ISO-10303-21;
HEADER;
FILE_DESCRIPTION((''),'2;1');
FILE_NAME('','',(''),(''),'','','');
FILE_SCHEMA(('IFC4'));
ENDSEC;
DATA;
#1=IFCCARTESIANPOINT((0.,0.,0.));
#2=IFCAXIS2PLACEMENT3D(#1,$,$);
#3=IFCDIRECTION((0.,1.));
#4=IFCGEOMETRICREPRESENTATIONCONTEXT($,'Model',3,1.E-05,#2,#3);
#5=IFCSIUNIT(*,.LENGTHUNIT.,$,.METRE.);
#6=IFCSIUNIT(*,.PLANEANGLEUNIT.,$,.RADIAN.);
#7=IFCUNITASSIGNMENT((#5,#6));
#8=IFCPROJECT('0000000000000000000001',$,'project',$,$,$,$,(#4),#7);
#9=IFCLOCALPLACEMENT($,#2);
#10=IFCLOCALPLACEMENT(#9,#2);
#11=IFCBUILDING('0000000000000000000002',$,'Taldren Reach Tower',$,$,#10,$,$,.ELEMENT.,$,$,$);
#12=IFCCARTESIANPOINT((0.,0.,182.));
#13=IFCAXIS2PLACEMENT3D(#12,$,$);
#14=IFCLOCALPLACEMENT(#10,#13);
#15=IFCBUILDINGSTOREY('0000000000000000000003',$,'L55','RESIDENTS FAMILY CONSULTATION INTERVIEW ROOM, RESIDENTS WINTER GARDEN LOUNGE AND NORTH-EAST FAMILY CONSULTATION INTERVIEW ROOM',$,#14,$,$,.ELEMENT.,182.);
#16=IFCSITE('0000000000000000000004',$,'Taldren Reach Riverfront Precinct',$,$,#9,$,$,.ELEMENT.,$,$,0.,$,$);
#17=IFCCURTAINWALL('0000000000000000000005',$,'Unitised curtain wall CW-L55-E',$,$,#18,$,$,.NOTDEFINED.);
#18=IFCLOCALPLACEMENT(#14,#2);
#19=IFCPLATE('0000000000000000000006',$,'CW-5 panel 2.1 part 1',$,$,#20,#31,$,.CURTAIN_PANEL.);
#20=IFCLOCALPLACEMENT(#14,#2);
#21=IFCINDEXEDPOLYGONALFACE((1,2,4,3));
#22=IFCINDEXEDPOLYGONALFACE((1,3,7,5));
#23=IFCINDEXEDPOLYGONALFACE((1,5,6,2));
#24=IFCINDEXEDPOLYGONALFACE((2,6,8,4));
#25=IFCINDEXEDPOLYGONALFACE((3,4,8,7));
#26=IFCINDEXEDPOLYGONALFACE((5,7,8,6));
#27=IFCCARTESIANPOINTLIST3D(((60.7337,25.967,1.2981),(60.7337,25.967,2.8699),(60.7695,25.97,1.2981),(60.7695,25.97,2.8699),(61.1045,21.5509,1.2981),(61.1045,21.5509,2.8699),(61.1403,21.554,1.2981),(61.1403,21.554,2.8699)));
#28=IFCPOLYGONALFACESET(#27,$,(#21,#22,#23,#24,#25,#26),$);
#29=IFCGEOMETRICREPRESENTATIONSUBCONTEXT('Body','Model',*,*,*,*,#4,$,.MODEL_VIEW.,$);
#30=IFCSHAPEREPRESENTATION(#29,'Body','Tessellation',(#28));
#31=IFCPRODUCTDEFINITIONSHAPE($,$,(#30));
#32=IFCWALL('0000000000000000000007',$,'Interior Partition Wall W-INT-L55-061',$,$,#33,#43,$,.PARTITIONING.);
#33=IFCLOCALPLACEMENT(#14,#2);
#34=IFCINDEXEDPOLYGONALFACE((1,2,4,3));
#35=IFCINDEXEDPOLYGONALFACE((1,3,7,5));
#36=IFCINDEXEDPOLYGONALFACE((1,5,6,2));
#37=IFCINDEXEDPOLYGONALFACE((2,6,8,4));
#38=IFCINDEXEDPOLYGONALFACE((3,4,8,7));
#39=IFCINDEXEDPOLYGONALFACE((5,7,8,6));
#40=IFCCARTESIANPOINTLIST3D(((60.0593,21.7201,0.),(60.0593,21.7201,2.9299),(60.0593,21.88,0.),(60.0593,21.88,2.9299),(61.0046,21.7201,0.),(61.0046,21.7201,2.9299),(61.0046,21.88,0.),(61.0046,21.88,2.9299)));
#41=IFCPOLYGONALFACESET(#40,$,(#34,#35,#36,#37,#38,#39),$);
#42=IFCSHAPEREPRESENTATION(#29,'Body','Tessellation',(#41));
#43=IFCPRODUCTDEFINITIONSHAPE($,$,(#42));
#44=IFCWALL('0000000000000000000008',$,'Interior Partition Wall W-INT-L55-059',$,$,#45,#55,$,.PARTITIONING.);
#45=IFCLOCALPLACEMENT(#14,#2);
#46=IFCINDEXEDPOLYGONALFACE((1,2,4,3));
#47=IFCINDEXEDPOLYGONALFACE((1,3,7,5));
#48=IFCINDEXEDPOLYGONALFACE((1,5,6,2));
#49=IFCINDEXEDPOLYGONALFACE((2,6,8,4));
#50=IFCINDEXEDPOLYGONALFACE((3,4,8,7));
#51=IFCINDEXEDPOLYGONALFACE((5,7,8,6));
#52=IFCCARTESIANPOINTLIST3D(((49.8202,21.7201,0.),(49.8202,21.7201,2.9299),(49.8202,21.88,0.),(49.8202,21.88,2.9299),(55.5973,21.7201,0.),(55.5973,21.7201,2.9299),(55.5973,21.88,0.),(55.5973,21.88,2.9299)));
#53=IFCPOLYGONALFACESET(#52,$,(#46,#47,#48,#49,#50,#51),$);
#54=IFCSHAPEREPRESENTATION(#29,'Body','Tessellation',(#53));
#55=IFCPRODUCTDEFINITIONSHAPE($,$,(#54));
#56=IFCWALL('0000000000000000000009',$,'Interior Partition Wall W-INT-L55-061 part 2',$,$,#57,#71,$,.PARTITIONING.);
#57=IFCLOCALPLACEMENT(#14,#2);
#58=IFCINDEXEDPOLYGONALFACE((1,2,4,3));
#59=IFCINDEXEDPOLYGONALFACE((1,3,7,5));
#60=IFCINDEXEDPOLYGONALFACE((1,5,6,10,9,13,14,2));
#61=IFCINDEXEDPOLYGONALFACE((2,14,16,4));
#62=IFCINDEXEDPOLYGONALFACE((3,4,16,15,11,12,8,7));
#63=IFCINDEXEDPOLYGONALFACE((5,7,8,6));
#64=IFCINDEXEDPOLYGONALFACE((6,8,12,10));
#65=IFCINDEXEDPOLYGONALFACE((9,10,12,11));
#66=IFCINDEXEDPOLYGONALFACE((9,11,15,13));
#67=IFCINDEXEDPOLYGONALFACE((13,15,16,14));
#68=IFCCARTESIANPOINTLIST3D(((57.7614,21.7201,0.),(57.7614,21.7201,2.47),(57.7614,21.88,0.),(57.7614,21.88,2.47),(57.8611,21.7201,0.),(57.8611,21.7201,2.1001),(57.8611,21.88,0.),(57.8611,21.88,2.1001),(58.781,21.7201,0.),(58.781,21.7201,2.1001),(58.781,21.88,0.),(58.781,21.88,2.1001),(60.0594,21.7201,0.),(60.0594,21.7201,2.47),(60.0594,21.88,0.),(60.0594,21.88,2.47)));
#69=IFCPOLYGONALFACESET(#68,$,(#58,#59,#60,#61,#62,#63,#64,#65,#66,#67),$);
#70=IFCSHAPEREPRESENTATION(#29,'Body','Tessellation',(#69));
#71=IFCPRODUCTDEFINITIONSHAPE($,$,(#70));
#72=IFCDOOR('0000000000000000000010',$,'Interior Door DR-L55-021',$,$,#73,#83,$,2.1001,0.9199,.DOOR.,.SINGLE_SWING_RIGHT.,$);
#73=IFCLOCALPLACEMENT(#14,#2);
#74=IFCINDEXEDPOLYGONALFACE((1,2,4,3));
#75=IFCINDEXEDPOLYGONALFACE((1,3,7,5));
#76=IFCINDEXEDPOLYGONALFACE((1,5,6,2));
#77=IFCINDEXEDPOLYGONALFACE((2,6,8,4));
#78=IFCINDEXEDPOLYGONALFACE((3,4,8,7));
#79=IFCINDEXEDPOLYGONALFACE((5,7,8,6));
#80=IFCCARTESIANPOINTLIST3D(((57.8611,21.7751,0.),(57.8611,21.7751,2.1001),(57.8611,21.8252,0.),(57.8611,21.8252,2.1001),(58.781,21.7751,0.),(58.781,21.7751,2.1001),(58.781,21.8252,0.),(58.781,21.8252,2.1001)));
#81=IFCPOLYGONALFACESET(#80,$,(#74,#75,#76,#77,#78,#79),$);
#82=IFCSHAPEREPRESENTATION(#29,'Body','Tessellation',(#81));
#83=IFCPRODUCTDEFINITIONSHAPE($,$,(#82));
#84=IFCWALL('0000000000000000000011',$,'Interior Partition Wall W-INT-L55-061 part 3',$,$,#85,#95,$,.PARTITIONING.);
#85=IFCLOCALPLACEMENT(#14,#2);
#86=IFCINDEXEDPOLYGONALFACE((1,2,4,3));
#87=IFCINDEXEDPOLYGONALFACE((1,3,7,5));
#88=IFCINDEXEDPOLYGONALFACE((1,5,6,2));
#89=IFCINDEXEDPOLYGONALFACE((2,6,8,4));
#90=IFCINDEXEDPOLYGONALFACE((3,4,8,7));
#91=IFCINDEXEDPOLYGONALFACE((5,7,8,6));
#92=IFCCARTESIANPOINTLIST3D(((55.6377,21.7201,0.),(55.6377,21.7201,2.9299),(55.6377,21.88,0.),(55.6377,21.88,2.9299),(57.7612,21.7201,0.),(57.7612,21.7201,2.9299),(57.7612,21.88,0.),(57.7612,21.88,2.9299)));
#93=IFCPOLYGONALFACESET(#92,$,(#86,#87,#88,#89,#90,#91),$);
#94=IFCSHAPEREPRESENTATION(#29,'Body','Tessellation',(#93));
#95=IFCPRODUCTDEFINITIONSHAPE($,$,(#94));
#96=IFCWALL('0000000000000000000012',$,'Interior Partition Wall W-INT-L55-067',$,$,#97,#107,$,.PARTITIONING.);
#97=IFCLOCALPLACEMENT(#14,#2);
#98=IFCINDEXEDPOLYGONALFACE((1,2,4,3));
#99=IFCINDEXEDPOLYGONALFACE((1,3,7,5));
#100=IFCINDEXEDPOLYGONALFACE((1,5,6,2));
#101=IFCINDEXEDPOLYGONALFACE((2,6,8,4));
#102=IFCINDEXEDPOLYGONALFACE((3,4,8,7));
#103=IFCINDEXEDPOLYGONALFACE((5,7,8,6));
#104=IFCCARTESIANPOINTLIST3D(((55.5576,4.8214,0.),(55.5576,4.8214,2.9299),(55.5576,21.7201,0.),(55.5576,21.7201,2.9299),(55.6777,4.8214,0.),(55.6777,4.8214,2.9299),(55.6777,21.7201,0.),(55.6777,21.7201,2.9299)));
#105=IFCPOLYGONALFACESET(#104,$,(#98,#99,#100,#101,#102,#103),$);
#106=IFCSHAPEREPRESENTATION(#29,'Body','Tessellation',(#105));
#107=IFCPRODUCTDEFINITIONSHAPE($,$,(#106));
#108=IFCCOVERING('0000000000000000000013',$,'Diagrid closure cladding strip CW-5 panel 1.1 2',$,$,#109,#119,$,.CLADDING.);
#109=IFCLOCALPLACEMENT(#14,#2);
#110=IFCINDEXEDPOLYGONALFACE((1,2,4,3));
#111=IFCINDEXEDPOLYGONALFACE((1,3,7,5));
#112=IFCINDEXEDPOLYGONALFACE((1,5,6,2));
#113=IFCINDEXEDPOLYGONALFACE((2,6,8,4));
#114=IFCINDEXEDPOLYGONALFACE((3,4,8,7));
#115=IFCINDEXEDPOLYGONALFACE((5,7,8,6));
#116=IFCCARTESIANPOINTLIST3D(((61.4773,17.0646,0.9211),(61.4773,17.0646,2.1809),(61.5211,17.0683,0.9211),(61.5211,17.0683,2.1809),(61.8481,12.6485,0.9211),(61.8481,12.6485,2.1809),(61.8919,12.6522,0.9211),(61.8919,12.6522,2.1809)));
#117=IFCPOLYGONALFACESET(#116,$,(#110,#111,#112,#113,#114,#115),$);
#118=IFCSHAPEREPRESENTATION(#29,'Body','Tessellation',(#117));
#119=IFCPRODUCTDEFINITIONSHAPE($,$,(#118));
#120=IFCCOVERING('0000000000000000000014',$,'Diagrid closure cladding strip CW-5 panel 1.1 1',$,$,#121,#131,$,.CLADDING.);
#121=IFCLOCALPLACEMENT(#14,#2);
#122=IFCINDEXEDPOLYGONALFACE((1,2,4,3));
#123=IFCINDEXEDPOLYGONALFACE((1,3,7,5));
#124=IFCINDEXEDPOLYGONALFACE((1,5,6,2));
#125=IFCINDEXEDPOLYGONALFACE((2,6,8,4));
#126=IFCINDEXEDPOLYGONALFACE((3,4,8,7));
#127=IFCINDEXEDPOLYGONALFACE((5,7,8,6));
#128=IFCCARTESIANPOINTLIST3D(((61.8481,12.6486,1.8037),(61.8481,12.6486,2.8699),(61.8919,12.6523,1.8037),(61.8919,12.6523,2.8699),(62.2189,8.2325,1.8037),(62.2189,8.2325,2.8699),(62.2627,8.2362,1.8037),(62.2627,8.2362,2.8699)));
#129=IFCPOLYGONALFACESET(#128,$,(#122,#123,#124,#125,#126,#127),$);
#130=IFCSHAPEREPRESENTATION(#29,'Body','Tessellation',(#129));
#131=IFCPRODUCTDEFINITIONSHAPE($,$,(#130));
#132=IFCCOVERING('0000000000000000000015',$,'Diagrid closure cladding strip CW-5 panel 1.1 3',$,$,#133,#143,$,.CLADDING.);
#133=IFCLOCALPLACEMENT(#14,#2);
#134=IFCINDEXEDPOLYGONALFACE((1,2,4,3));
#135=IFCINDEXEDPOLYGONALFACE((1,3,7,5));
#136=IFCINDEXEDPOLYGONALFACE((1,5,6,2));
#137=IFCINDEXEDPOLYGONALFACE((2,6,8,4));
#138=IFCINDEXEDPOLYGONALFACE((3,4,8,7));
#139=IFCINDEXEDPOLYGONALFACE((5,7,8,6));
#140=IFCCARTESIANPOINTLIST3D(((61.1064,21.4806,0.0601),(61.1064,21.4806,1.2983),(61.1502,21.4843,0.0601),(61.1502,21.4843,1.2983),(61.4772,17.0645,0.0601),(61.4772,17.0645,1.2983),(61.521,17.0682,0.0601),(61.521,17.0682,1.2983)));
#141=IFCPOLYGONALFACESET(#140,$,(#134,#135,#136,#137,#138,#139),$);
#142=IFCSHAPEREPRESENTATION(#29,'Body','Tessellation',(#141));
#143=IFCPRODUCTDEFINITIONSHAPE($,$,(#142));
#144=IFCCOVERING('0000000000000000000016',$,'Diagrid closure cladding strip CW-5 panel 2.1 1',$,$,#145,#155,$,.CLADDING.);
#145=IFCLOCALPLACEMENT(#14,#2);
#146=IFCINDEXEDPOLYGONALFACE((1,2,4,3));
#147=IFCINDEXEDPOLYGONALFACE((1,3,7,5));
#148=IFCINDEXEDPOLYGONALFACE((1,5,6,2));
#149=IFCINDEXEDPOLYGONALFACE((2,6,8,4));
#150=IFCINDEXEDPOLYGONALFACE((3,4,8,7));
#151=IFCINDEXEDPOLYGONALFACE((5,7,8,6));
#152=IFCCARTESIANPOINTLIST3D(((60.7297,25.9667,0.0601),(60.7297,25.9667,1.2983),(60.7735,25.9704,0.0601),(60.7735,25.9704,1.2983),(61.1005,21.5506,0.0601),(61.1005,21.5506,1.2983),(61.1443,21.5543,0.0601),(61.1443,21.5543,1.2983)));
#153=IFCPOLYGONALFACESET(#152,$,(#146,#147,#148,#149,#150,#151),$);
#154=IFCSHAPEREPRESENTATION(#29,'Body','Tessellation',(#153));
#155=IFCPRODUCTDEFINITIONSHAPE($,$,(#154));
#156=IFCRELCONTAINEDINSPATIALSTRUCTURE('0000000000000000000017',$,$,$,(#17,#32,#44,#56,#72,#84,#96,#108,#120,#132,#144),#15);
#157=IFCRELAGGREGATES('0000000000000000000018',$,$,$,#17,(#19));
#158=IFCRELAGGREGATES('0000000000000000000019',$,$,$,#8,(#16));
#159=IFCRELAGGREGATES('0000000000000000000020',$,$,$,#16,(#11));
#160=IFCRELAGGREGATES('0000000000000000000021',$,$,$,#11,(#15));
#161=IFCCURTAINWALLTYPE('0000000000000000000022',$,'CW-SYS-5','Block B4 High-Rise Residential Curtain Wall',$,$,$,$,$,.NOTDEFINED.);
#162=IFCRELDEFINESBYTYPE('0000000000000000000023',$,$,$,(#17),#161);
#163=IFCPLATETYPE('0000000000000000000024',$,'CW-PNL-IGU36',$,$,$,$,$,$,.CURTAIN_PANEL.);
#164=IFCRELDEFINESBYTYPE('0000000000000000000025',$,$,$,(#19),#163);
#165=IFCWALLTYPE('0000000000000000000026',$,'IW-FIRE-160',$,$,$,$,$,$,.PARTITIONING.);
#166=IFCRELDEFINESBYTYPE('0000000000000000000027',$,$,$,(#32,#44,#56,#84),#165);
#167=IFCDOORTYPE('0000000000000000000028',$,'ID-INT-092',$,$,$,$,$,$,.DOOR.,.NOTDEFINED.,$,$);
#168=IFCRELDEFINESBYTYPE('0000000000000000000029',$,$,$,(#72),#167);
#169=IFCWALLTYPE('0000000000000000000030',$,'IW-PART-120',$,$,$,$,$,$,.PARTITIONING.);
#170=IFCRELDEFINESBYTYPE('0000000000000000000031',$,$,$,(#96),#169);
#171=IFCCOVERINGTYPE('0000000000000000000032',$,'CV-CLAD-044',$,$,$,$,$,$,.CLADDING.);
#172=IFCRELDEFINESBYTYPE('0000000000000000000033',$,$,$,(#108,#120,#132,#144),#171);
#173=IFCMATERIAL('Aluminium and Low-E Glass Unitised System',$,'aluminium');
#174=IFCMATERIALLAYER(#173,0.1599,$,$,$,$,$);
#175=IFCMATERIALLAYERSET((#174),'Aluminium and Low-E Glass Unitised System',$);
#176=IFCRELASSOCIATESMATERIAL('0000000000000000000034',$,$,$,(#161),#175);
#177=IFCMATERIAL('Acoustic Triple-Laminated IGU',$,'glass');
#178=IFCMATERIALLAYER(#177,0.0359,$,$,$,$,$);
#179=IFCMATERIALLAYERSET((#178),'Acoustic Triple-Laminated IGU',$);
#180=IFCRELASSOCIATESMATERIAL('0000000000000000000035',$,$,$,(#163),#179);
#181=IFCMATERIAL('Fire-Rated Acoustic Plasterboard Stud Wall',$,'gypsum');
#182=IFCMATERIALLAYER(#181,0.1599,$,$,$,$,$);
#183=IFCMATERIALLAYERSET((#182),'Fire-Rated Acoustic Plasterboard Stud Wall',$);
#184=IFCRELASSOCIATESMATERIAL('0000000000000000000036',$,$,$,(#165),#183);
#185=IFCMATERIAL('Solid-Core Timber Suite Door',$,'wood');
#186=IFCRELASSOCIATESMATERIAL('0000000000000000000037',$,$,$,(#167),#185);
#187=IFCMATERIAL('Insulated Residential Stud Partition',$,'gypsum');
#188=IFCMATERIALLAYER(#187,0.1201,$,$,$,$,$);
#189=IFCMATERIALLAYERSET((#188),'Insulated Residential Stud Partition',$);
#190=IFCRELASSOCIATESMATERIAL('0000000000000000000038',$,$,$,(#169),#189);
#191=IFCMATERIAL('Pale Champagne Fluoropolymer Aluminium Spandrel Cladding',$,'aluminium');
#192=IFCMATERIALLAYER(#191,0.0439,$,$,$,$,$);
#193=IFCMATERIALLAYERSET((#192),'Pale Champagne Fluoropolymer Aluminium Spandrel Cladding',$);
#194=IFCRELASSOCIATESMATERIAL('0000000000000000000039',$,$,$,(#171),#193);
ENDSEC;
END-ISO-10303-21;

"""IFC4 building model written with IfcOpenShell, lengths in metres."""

from ifc_helpers import new_model, si_unit, direction, frame, frame_2d, origin, origin_2d, place, context, subcontext, project, spatial, rectangle, extrude, source, transform, mapped, material, layer, layer_set, type_object, element, fill, aggregate, save


model = new_model("IFC4")

# Units and contexts
model_context = context("Model", 3, precision=1e-05, world=origin(), true_north=direction((0.0, 1.0)))
body_context = subcontext(model_context, "Body", "Model", "MODEL_VIEW")
ifc_project = project(units=[si_unit("LENGTHUNIT", "METRE"), si_unit("PLANEANGLEUNIT", "RADIAN")], contexts=[model_context])

# Site, building, storey
site_placement = place(None, origin())
site = spatial("IfcSite", under=ifc_project, at=site_placement, Name="Taldren Reach Riverfront Precinct", CompositionType="ELEMENT", RefElevation=0.0)
building_placement = place(site_placement, origin())
building = spatial("IfcBuilding", under=site, at=building_placement, Name="Taldren Reach Tower", CompositionType="ELEMENT")
storey_placement = place(building_placement, frame((0.0, 0.0, 182.0)))
storey = spatial("IfcBuildingStorey", under=building, at=storey_placement, Name="L55", Description="RESIDENTS FAMILY CONSULTATION INTERVIEW ROOM, RESIDENTS WINTER GARDEN LOUNGE AND NORTH-EAST FAMILY CONSULTATION INTERVIEW ROOM", CompositionType="ELEMENT", Elevation=182.0)

# Curtain wall
ifc_material_1 = material(Name="Aluminium and Low-E Glass Unitised System", Category="aluminium")
ifc_layer_1 = layer(ifc_material_1, 0.1599)
ifc_layer_set_1 = layer_set([ifc_layer_1], Name="Aluminium and Low-E Glass Unitised System")
curtain_wall_type = type_object("IfcCurtainWallType", Name="CW-SYS-5", Description="Block B4 High-Rise Residential Curtain Wall", PredefinedType="NOTDEFINED", material=ifc_layer_set_1)
curtain_wall_placement = place(storey_placement, origin())
curtain_wall = element("IfcCurtainWall", 1, at=curtain_wall_placement, inside=storey, type_object=curtain_wall_type, Name="Unitised curtain wall CW-L55-E", PredefinedType="NOTDEFINED")

# Plate
ifc_material_2 = material(Name="Acoustic Triple-Laminated IGU", Category="glass")
ifc_layer_2 = layer(ifc_material_2, 0.0359)
ifc_layer_set_2 = layer_set([ifc_layer_2], Name="Acoustic Triple-Laminated IGU")
plate_type_1 = type_object("IfcPlateType", Name="CW-PNL-IGU36", PredefinedType="CURTAIN_PANEL", material=ifc_layer_set_2)
shared_shape_1 = source(origin(), body_context, "Body", "SweptSolid", [
    extrude(rectangle(XDim=4.4316, YDim=0.0359, at=origin_2d()), origin(), (0.0, 0.0, 1.0), 1.5718),
])
plate_1_placement = place(storey_placement, frame((60.937, 23.7605, 1.2981), z_axis=(0.0, 0.0, 1.0), x_axis=(-0.083678, 0.996493, 0.0)))
plate_1 = element("IfcPlate", 2, at=plate_1_placement, type_object=plate_type_1, Name="CW-5 panel 2.1 part 1", PredefinedType="CURTAIN_PANEL", context=body_context, shape_type="MappedRepresentation", body=[
    mapped(shared_shape_1, transform((0.0, 0.0, 0.0), scale=1.0)),
])
aggregate(curtain_wall, [plate_1])

# Walls
ifc_material_3 = material(Name="Fire-Rated Acoustic Plasterboard Stud Wall", Category="gypsum")
ifc_layer_3 = layer(ifc_material_3, 0.1599)
ifc_layer_set_3 = layer_set([ifc_layer_3], Name="Fire-Rated Acoustic Plasterboard Stud Wall")
wall_type_1 = type_object("IfcWallType", Name="IW-FIRE-160", PredefinedType="PARTITIONING", material=ifc_layer_set_3)
shared_shape_2 = source(origin(), body_context, "Body", "SweptSolid", [
    extrude(rectangle(XDim=0.9453, YDim=0.1599, at=frame_2d((0.4727, 0.0))), origin(), (0.0, 0.0, 1.0), 2.9299),
])
wall_1_placement = place(storey_placement, frame((61.0046, 21.8, 0.0), z_axis=(0.0, 0.0, 1.0), x_axis=(-1.0, 0.0, 0.0)))
element("IfcWall", 3, at=wall_1_placement, inside=storey, type_object=wall_type_1, Name="Interior Partition Wall W-INT-L55-061", PredefinedType="PARTITIONING", context=body_context, shape_type="MappedRepresentation", body=[
    mapped(shared_shape_2, transform((0.0, 0.0, 0.0), scale=1.0)),
])
shared_shape_3 = source(origin(), body_context, "Body", "SweptSolid", [
    extrude(rectangle(XDim=5.7771, YDim=0.1599, at=frame_2d((2.8887, 0.0))), origin(), (0.0, 0.0, 1.0), 2.9299),
])
wall_2_placement = place(storey_placement, frame((55.5974, 21.8, 0.0), z_axis=(0.0, 0.0, 1.0), x_axis=(-1.0, 0.0, 0.0)))
element("IfcWall", 4, at=wall_2_placement, inside=storey, type_object=wall_type_1, Name="Interior Partition Wall W-INT-L55-059", PredefinedType="PARTITIONING", context=body_context, shape_type="MappedRepresentation", body=[
    mapped(shared_shape_3, transform((0.0, 0.0, 0.0), scale=1.0)),
])

# Wall, opening, door
shared_shape_4 = source(origin(), body_context, "Body", "SweptSolid", [
    extrude(rectangle(XDim=2.2981, YDim=0.1599, at=frame_2d((1.1489, 0.0))), origin(), (0.0, 0.0, 1.0), 2.47),
])
wall_3_placement = place(storey_placement, frame((60.0593, 21.8, 0.0), z_axis=(0.0, 0.0, 1.0), x_axis=(-1.0, 0.0, 0.0)))
wall_3 = element("IfcWall", 5, at=wall_3_placement, inside=storey, type_object=wall_type_1, Name="Interior Partition Wall W-INT-L55-061 part 2", PredefinedType="PARTITIONING", context=body_context, shape_type="MappedRepresentation", body=[
    mapped(shared_shape_4, transform((0.0, 0.0, 0.0), scale=1.0)),
])
shared_shape_5 = source(origin(), body_context, "Body", "SweptSolid", [
    extrude(rectangle(XDim=0.9199, YDim=2.1001, at=frame_2d((0.46, 1.05))), frame((0.0, 0.0898, 0.0), z_axis=(0.0, -1.0, 0.0), x_axis=(1.0, 0.0, 0.0)), (0.0, 0.0, 1.0), 0.1799),
])
opening_placement = place(wall_3_placement, frame((1.2783, 0.0, 0.0)))
opening = element("IfcOpeningElement", 6, at=opening_placement, cuts=wall_3, PredefinedType="OPENING", context=body_context, shape_type="MappedRepresentation", body=[
    mapped(shared_shape_5, transform((0.0, 0.0, 0.0), scale=1.0)),
])
ifc_material_4 = material(Name="Solid-Core Timber Suite Door", Category="wood")
door_type = type_object("IfcDoorType", Name="ID-INT-092", OperationType="NOTDEFINED", PredefinedType="DOOR", material=ifc_material_4)
shared_shape_6 = source(origin(), body_context, "Body", "SweptSolid", [
    extrude(rectangle(XDim=0.9199, YDim=2.1001, at=frame_2d((0.46, 1.05))), frame((0.0, 0.0249, 0.0), z_axis=(0.0, -1.0, 0.0), x_axis=(1.0, 0.0, 0.0)), (0.0, 0.0, 1.0), 0.05),
])
door_placement = place(opening_placement, origin())
door = element("IfcDoor", 7, at=door_placement, inside=storey, type_object=door_type, Name="Interior Door DR-L55-021", OperationType="SINGLE_SWING_RIGHT", OverallHeight=2.1001, OverallWidth=0.9199, PredefinedType="DOOR", context=body_context, shape_type="MappedRepresentation", body=[
    mapped(shared_shape_6, transform((0.0, 0.0, 0.0), scale=1.0)),
])
fill(opening, door)

# Walls
shared_shape_7 = source(origin(), body_context, "Body", "SweptSolid", [
    extrude(rectangle(XDim=2.1235, YDim=0.1599, at=frame_2d((1.0618, 0.0))), origin(), (0.0, 0.0, 1.0), 2.9299),
])
wall_4_placement = place(storey_placement, frame((57.7612, 21.8, 0.0), z_axis=(0.0, 0.0, 1.0), x_axis=(-1.0, 0.0, 0.0)))
element("IfcWall", 8, at=wall_4_placement, inside=storey, type_object=wall_type_1, Name="Interior Partition Wall W-INT-L55-061 part 3", PredefinedType="PARTITIONING", context=body_context, shape_type="MappedRepresentation", body=[
    mapped(shared_shape_7, transform((0.0, 0.0, 0.0), scale=1.0)),
])
ifc_material_5 = material(Name="Insulated Residential Stud Partition", Category="gypsum")
ifc_layer_4 = layer(ifc_material_5, 0.1201)
ifc_layer_set_4 = layer_set([ifc_layer_4], Name="Insulated Residential Stud Partition")
wall_type_2 = type_object("IfcWallType", Name="IW-PART-120", PredefinedType="PARTITIONING", material=ifc_layer_set_4)
shared_shape_8 = source(origin(), body_context, "Body", "SweptSolid", [
    extrude(rectangle(XDim=16.8987, YDim=0.1201, at=frame_2d((8.4492, 0.0))), origin(), (0.0, 0.0, 1.0), 2.9299),
])
wall_5_placement = place(storey_placement, frame((55.6177, 21.72, 0.0), z_axis=(0.0, 0.0, 1.0), x_axis=(0.0, -1.0, 0.0)))
element("IfcWall", 9, at=wall_5_placement, inside=storey, type_object=wall_type_2, Name="Interior Partition Wall W-INT-L55-067", PredefinedType="PARTITIONING", context=body_context, shape_type="MappedRepresentation", body=[
    mapped(shared_shape_8, transform((0.0, 0.0, 0.0), scale=1.0)),
])

# Coverings
ifc_material_6 = material(Name="Pale Champagne Fluoropolymer Aluminium Spandrel Cladding", Category="aluminium")
ifc_layer_5 = layer(ifc_material_6, 0.0439)
ifc_layer_set_5 = layer_set([ifc_layer_5], Name="Pale Champagne Fluoropolymer Aluminium Spandrel Cladding")
covering_type = type_object("IfcCoveringType", Name="CV-CLAD-044", PredefinedType="CLADDING", material=ifc_layer_set_5)
shared_shape_9 = source(origin(), body_context, "Body", "SweptSolid", [
    extrude(rectangle(XDim=4.4316, YDim=0.0439, at=origin_2d()), origin(), (0.0, 0.0, 1.0), 1.2598),
])
covering_1_placement = place(storey_placement, frame((61.6846, 14.8584, 0.9211), z_axis=(0.0, 0.0, 1.0), x_axis=(-0.083678, 0.996493, 0.0)))
element("IfcCovering", 10, at=covering_1_placement, inside=storey, type_object=covering_type, Name="Diagrid closure cladding strip CW-5 panel 1.1 2", PredefinedType="CLADDING", context=body_context, shape_type="MappedRepresentation", body=[
    mapped(shared_shape_9, transform((0.0, 0.0, 0.0), scale=1.0)),
])
shared_shape_10 = source(origin(), body_context, "Body", "SweptSolid", [
    extrude(rectangle(XDim=4.4316, YDim=0.0439, at=origin_2d()), origin(), (0.0, 0.0, 1.0), 1.0662),
])
covering_2_placement = place(storey_placement, frame((62.0554, 10.4424, 1.8037), z_axis=(0.0, 0.0, 1.0), x_axis=(-0.083678, 0.996493, 0.0)))
element("IfcCovering", 11, at=covering_2_placement, inside=storey, type_object=covering_type, Name="Diagrid closure cladding strip CW-5 panel 1.1 1", PredefinedType="CLADDING", context=body_context, shape_type="MappedRepresentation", body=[
    mapped(shared_shape_10, transform((0.0, 0.0, 0.0), scale=1.0)),
])
shared_shape_11 = source(origin(), body_context, "Body", "SweptSolid", [
    extrude(rectangle(XDim=4.4316, YDim=0.0439, at=origin_2d()), origin(), (0.0, 0.0, 1.0), 1.2383),
])
for number, where, z_axis, x_axis, name in (
    (12, (61.3137, 19.2744, 0.0601), (0.0, 0.0, 1.0), (-0.083678, 0.996493, 0.0), "Diagrid closure cladding strip CW-5 panel 1.1 3"),
    (13, (60.937, 23.7605, 0.0601), (0.0, 0.0, 1.0), (-0.083678, 0.996493, 0.0), "Diagrid closure cladding strip CW-5 panel 2.1 1"),
):
    element("IfcCovering", number, at=place(storey_placement, frame(where, z_axis=z_axis, x_axis=x_axis)), inside=storey, type_object=covering_type, Name=name, PredefinedType="CLADDING", context=body_context, shape_type="MappedRepresentation", body=[
        mapped(shared_shape_11, transform((0.0, 0.0, 0.0), scale=1.0)),
    ])

save(model, "model.ifc")
